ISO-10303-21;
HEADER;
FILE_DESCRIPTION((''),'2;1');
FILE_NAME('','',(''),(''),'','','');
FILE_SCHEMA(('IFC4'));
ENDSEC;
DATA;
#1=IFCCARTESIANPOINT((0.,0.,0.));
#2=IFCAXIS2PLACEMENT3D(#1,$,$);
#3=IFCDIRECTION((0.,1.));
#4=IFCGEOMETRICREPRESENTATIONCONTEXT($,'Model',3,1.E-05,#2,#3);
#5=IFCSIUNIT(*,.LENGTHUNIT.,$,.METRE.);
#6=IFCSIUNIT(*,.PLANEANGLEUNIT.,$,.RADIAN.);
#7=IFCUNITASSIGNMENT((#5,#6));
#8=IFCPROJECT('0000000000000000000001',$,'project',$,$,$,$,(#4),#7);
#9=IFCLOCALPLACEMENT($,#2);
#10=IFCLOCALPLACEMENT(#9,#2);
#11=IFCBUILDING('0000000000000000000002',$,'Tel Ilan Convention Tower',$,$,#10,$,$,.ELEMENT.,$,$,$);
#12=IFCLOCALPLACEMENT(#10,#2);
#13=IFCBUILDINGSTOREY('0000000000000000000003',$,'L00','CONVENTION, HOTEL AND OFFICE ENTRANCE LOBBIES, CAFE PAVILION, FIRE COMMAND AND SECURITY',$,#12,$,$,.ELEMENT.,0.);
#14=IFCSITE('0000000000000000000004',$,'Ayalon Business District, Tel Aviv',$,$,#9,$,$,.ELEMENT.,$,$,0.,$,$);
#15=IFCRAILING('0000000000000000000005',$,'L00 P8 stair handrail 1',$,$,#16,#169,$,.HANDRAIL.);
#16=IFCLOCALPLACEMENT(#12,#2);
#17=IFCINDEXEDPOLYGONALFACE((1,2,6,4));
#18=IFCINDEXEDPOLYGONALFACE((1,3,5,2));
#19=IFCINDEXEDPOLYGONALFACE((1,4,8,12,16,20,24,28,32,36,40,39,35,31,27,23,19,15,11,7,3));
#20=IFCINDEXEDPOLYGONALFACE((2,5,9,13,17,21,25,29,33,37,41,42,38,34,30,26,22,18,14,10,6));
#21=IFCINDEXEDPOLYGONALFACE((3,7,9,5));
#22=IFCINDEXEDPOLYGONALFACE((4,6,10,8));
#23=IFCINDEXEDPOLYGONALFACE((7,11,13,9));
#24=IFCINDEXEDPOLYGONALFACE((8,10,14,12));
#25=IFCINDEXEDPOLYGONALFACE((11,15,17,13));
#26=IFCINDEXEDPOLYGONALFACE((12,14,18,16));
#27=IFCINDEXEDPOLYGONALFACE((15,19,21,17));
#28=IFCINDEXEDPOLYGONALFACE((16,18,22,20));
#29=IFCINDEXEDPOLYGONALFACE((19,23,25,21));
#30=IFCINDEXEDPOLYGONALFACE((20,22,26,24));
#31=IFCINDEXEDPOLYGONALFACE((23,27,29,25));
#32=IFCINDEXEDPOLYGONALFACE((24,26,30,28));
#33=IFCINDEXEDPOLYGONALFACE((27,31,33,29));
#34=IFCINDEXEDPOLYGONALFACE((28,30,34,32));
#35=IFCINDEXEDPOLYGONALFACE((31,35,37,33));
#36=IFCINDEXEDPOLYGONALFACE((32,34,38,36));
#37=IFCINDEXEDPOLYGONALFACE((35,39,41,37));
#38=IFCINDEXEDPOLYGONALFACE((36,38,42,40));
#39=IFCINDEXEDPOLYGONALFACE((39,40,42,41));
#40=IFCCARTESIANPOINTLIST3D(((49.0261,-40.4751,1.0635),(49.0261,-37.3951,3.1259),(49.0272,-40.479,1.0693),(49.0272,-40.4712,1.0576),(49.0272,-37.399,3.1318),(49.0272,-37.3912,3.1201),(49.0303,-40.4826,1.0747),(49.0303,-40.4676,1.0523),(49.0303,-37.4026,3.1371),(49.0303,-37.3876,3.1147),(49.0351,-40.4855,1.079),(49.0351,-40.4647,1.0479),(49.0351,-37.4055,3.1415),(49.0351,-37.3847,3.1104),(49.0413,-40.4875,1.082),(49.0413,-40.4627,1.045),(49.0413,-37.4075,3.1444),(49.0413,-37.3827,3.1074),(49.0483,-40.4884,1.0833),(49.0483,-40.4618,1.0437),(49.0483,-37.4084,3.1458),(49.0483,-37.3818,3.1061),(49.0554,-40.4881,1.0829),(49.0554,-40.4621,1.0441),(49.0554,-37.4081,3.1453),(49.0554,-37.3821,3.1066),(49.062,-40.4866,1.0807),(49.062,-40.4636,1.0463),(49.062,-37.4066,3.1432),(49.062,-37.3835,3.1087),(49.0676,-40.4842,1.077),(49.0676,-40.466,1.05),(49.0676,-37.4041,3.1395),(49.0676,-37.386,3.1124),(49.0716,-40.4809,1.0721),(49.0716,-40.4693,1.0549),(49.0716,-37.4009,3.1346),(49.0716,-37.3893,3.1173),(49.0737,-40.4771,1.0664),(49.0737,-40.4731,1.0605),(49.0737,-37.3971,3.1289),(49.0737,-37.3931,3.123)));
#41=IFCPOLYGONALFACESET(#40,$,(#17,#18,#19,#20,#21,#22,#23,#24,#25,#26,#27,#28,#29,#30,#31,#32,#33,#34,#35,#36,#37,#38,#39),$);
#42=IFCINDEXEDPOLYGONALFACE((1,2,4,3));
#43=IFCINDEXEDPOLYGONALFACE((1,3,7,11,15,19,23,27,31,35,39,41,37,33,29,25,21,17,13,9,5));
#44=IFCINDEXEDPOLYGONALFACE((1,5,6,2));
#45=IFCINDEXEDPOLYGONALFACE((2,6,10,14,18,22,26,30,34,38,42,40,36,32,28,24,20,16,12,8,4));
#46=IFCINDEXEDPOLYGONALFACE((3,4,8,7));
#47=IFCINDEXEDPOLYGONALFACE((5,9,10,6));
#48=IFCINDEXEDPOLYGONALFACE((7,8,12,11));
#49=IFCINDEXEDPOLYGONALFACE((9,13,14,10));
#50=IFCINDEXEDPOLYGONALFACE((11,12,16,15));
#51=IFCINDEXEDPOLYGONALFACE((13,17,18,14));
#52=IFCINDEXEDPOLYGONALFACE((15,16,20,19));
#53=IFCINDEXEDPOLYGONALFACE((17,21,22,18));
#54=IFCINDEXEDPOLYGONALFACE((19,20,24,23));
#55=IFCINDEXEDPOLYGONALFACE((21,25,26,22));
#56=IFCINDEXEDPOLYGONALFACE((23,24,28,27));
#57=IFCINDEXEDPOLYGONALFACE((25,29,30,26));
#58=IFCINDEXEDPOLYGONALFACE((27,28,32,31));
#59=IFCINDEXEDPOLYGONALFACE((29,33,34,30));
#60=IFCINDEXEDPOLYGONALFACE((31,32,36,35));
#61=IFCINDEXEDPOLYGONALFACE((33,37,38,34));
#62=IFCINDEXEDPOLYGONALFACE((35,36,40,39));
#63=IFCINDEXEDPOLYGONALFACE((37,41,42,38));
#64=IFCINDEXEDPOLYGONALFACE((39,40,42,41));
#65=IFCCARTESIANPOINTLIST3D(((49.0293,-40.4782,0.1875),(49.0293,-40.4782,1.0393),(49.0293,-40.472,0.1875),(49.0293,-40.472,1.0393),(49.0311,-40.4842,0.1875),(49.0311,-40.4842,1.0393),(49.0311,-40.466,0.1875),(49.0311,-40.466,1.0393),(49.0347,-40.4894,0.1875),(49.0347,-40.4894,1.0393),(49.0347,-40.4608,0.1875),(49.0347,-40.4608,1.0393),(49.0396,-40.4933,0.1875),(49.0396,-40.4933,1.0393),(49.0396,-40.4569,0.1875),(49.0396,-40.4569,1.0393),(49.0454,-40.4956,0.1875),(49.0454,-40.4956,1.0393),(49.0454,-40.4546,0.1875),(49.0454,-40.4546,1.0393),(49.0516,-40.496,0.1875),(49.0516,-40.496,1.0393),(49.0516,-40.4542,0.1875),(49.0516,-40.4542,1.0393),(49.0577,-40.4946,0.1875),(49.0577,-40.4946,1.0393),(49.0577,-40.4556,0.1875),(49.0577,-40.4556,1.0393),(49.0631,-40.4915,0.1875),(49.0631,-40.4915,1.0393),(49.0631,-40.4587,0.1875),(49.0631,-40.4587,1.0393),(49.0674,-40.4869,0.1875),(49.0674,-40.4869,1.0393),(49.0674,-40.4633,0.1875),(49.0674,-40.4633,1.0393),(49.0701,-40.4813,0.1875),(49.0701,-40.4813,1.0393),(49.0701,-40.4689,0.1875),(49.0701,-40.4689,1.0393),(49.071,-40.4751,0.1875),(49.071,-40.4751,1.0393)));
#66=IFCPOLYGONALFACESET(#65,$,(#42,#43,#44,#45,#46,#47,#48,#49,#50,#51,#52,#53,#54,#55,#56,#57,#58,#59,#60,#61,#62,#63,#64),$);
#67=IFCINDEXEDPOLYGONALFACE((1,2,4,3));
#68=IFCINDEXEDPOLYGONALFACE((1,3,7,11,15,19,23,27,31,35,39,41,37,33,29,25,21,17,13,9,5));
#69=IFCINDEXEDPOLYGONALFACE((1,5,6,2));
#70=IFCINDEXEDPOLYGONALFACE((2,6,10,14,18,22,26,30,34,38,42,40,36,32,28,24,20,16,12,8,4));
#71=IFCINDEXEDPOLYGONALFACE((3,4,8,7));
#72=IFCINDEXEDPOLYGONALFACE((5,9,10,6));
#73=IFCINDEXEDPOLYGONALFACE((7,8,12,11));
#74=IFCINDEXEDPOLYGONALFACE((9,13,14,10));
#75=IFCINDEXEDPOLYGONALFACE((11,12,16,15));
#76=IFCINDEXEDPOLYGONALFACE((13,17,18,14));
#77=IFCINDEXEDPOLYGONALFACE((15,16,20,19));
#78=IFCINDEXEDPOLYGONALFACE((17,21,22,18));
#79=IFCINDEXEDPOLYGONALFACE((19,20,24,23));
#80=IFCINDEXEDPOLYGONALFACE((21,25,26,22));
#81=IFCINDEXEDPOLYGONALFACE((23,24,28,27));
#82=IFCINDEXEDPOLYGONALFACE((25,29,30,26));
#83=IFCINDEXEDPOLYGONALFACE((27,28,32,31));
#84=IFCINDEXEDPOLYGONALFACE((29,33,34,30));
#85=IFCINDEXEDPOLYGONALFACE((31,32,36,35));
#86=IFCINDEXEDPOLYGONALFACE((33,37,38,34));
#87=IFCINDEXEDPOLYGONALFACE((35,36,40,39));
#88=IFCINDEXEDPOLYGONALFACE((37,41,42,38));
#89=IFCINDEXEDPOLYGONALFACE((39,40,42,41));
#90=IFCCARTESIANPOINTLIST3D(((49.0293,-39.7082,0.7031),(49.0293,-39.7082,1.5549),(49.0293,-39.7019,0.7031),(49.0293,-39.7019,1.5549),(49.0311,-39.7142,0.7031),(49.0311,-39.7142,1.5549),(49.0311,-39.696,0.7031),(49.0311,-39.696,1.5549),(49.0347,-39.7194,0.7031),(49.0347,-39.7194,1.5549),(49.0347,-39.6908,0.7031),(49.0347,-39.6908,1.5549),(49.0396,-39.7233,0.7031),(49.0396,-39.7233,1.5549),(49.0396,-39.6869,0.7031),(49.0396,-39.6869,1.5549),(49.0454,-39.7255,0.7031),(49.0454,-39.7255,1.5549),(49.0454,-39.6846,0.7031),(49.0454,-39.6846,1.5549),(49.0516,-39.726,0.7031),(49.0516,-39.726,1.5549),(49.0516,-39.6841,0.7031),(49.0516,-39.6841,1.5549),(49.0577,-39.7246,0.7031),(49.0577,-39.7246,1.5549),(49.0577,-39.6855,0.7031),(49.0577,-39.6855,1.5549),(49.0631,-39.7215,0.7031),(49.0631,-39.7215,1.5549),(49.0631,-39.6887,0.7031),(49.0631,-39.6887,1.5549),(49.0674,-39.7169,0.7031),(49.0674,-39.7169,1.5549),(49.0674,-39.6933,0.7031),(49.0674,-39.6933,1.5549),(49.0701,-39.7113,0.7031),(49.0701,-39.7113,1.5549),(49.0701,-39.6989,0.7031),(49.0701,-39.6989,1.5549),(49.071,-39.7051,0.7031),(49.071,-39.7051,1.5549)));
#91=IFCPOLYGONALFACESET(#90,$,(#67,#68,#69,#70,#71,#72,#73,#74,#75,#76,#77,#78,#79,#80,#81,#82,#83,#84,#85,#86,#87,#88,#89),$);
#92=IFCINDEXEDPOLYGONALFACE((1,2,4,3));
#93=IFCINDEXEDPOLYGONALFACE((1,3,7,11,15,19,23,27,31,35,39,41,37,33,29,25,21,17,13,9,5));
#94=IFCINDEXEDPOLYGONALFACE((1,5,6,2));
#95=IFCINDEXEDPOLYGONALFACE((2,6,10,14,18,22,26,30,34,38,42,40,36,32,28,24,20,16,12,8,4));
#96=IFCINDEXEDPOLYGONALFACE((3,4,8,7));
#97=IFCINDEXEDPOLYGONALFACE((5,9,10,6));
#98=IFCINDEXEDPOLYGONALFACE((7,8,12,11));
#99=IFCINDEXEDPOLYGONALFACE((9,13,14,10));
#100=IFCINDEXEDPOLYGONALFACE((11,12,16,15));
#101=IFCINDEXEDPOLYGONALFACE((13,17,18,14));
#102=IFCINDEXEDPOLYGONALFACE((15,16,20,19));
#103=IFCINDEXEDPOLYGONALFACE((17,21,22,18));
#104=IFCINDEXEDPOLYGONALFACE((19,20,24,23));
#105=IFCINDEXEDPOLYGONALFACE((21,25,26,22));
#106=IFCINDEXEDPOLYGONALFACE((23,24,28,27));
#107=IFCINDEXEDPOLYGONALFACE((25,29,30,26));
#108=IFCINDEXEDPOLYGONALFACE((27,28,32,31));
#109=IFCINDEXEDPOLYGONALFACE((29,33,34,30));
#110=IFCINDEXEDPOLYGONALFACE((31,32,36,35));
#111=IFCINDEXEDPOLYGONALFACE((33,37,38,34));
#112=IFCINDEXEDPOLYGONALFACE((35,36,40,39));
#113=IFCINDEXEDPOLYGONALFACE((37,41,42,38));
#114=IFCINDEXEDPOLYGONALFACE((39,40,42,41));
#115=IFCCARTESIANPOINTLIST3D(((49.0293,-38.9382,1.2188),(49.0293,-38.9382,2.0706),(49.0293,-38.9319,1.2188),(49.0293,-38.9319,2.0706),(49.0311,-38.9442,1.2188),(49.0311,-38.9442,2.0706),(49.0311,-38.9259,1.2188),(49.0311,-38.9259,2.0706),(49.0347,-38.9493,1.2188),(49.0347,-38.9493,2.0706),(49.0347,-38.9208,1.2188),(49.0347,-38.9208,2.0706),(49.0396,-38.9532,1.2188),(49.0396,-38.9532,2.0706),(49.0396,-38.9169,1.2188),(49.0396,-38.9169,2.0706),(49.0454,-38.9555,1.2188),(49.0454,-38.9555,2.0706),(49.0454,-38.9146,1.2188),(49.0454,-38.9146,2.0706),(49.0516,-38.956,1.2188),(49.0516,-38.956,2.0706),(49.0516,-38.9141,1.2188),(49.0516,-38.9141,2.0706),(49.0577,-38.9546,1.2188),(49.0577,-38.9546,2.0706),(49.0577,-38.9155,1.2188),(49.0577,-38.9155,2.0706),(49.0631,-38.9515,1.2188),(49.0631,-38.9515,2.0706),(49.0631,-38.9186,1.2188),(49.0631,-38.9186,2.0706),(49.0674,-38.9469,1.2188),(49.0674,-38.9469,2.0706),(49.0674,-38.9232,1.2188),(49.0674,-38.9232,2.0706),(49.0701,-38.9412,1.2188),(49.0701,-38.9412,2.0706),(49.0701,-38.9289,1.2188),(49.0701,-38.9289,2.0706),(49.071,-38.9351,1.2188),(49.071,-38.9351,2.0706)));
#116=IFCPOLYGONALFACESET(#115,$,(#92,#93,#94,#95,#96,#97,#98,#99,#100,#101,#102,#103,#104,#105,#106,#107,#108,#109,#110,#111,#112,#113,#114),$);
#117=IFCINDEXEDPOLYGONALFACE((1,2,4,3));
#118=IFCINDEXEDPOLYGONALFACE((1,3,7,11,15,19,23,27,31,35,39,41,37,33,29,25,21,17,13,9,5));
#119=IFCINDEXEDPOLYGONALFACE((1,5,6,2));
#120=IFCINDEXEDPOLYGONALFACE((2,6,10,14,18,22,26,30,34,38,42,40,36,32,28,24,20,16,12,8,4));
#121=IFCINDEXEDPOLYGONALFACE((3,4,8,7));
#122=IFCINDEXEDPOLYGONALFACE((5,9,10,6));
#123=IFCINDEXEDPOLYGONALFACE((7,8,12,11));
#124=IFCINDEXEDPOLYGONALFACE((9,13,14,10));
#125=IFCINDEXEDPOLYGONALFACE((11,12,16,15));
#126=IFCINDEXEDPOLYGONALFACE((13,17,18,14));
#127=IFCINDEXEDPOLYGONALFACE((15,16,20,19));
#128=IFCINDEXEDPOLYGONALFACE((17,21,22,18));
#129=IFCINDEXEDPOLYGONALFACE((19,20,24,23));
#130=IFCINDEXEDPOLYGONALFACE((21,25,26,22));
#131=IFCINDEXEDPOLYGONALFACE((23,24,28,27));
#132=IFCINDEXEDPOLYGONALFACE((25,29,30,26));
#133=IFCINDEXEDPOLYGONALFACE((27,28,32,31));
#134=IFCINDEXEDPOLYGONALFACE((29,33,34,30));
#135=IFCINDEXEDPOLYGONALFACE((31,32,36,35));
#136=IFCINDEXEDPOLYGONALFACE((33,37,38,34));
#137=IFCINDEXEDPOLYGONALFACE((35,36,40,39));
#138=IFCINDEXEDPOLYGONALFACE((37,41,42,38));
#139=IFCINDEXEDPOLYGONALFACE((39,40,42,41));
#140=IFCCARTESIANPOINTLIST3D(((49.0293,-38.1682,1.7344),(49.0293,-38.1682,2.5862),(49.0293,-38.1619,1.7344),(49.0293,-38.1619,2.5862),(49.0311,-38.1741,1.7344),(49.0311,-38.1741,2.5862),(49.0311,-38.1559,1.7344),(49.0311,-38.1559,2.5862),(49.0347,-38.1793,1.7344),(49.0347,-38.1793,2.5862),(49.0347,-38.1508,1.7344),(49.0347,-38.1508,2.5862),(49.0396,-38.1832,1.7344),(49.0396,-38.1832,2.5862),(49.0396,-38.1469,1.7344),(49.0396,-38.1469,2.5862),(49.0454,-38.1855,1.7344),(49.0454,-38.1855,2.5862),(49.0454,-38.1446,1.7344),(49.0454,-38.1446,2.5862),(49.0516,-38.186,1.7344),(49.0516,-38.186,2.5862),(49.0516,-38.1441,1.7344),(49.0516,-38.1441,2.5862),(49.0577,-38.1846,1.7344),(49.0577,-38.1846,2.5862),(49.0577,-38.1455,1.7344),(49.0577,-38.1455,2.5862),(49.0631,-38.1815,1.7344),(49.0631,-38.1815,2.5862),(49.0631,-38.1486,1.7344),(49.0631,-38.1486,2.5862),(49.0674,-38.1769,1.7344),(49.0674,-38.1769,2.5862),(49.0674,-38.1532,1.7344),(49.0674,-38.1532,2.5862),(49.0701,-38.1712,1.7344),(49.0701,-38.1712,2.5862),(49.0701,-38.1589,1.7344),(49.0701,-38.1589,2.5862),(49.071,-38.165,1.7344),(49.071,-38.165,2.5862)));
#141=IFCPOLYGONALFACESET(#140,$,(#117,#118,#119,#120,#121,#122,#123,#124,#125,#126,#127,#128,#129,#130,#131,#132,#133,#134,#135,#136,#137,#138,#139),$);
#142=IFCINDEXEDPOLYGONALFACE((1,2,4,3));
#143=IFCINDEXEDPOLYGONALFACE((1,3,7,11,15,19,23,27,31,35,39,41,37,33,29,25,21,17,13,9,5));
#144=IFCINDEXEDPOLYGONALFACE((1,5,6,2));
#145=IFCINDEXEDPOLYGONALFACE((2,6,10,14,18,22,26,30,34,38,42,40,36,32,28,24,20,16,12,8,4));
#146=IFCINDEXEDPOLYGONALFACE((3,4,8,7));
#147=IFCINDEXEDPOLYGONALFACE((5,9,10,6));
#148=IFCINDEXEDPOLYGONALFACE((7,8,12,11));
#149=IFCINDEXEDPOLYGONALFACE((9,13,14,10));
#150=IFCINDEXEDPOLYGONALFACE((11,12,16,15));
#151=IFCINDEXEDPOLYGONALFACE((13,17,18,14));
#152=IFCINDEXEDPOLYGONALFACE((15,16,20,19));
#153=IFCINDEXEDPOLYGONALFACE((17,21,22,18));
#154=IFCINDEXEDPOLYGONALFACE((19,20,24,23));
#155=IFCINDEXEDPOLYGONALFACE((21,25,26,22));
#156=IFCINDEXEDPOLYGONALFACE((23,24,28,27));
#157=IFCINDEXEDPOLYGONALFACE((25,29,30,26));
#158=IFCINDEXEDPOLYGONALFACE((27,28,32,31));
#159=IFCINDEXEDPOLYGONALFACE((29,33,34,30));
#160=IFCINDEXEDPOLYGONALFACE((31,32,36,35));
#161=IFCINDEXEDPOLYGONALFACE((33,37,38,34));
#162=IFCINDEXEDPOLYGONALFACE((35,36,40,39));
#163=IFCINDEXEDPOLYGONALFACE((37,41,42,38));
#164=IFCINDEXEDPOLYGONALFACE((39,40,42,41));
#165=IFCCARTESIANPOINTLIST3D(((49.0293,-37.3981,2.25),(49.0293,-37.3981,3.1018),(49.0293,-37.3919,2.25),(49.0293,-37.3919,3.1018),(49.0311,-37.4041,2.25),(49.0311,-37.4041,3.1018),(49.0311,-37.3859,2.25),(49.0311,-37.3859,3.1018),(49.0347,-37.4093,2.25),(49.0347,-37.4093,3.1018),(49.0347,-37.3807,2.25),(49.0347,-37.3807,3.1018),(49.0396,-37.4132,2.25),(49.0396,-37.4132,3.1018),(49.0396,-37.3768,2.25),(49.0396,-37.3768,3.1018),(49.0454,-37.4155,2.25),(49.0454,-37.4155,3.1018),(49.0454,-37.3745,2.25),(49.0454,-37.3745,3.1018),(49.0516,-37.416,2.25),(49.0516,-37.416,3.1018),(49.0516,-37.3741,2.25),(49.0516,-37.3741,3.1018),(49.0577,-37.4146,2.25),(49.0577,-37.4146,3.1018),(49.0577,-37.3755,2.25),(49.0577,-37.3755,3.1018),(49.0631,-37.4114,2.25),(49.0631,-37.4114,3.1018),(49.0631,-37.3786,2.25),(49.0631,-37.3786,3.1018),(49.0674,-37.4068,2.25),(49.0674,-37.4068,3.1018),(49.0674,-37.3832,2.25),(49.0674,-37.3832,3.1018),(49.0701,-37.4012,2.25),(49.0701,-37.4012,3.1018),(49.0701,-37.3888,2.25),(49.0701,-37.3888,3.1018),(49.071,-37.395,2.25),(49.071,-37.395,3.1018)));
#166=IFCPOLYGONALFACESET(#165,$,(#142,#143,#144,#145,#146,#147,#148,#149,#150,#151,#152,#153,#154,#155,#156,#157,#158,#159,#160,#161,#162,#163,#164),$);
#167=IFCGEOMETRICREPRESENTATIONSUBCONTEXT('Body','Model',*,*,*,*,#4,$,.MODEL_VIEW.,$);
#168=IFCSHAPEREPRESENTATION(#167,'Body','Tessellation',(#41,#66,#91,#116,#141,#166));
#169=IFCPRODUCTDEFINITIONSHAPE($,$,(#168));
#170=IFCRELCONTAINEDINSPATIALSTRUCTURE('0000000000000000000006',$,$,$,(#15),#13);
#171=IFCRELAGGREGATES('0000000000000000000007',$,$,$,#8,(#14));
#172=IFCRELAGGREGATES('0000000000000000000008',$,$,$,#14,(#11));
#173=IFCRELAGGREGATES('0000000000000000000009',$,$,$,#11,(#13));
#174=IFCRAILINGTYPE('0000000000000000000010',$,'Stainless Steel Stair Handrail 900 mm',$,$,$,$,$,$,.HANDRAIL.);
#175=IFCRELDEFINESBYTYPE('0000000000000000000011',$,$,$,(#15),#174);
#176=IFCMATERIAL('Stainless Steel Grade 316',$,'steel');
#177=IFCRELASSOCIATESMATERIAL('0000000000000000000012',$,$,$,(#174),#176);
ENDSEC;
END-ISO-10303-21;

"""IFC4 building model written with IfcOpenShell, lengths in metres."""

from ifc_helpers import new_model, si_unit, direction, frame, origin, origin_2d, place, context, subcontext, project, spatial, circle, extrude, material, type_object, element, save


model = new_model("IFC4")

# Units and contexts
model_context = context("Model", 3, precision=1e-05, world=origin(), true_north=direction((0.0, 1.0)))
body_context = subcontext(model_context, "Body", "Model", "MODEL_VIEW")
ifc_project = project(units=[si_unit("LENGTHUNIT", "METRE"), si_unit("PLANEANGLEUNIT", "RADIAN")], contexts=[model_context])

# Site, building, storey
site_placement = place(None, origin())
site = spatial("IfcSite", under=ifc_project, at=site_placement, Name="Ayalon Business District, Tel Aviv", CompositionType="ELEMENT", RefElevation=0.0)
building_placement = place(site_placement, origin())
building = spatial("IfcBuilding", under=site, at=building_placement, Name="Tel Ilan Convention Tower", CompositionType="ELEMENT")
storey_placement = place(building_placement, origin())
storey = spatial("IfcBuildingStorey", under=building, at=storey_placement, Name="L00", Description="CONVENTION, HOTEL AND OFFICE ENTRANCE LOBBIES, CAFE PAVILION, FIRE COMMAND AND SECURITY", CompositionType="ELEMENT", Elevation=0.0)

# Railing
ifc_material_1 = material(Name="Stainless Steel Grade 316", Category="steel")
railing_type_1 = type_object("IfcRailingType", Name="Stainless Steel Stair Handrail 900 mm", PredefinedType="HANDRAIL", material=ifc_material_1)
for number, where, name in (
    (1, (49.05, -40.4751, 0.1875), "L00 P8 stair handrail 1"),
):
    element("IfcRailing", number, at=place(storey_placement, frame(where)), inside=storey, type_object=railing_type_1, Name=name, PredefinedType="HANDRAIL", context=body_context, shape_type="SweptSolid", body=[
        extrude(circle(Radius=0.0239, at=origin_2d()), frame((0.0, 0.0, 0.876), z_axis=(0.0, 0.830914, 0.556401), x_axis=(-1.0, 0.0, 0.0)), (0.0, 0.0, 1.0), 3.7068),
        extrude(circle(Radius=0.021, at=origin_2d()), origin(), (0.0, 0.0, 1.0), 0.8518),
        extrude(circle(Radius=0.021, at=origin_2d()), frame((0.0, 0.77, 0.5156)), (0.0, 0.0, 1.0), 0.8518),
        extrude(circle(Radius=0.021, at=origin_2d()), frame((0.0, 1.54, 1.0312)), (0.0, 0.0, 1.0), 0.8518),
        extrude(circle(Radius=0.021, at=origin_2d()), frame((0.0, 2.3101, 1.5469)), (0.0, 0.0, 1.0), 0.8518),
        extrude(circle(Radius=0.021, at=origin_2d()), frame((0.0, 3.0801, 2.0625)), (0.0, 0.0, 1.0), 0.8518),
    ])

save(model, "model.ifc")
